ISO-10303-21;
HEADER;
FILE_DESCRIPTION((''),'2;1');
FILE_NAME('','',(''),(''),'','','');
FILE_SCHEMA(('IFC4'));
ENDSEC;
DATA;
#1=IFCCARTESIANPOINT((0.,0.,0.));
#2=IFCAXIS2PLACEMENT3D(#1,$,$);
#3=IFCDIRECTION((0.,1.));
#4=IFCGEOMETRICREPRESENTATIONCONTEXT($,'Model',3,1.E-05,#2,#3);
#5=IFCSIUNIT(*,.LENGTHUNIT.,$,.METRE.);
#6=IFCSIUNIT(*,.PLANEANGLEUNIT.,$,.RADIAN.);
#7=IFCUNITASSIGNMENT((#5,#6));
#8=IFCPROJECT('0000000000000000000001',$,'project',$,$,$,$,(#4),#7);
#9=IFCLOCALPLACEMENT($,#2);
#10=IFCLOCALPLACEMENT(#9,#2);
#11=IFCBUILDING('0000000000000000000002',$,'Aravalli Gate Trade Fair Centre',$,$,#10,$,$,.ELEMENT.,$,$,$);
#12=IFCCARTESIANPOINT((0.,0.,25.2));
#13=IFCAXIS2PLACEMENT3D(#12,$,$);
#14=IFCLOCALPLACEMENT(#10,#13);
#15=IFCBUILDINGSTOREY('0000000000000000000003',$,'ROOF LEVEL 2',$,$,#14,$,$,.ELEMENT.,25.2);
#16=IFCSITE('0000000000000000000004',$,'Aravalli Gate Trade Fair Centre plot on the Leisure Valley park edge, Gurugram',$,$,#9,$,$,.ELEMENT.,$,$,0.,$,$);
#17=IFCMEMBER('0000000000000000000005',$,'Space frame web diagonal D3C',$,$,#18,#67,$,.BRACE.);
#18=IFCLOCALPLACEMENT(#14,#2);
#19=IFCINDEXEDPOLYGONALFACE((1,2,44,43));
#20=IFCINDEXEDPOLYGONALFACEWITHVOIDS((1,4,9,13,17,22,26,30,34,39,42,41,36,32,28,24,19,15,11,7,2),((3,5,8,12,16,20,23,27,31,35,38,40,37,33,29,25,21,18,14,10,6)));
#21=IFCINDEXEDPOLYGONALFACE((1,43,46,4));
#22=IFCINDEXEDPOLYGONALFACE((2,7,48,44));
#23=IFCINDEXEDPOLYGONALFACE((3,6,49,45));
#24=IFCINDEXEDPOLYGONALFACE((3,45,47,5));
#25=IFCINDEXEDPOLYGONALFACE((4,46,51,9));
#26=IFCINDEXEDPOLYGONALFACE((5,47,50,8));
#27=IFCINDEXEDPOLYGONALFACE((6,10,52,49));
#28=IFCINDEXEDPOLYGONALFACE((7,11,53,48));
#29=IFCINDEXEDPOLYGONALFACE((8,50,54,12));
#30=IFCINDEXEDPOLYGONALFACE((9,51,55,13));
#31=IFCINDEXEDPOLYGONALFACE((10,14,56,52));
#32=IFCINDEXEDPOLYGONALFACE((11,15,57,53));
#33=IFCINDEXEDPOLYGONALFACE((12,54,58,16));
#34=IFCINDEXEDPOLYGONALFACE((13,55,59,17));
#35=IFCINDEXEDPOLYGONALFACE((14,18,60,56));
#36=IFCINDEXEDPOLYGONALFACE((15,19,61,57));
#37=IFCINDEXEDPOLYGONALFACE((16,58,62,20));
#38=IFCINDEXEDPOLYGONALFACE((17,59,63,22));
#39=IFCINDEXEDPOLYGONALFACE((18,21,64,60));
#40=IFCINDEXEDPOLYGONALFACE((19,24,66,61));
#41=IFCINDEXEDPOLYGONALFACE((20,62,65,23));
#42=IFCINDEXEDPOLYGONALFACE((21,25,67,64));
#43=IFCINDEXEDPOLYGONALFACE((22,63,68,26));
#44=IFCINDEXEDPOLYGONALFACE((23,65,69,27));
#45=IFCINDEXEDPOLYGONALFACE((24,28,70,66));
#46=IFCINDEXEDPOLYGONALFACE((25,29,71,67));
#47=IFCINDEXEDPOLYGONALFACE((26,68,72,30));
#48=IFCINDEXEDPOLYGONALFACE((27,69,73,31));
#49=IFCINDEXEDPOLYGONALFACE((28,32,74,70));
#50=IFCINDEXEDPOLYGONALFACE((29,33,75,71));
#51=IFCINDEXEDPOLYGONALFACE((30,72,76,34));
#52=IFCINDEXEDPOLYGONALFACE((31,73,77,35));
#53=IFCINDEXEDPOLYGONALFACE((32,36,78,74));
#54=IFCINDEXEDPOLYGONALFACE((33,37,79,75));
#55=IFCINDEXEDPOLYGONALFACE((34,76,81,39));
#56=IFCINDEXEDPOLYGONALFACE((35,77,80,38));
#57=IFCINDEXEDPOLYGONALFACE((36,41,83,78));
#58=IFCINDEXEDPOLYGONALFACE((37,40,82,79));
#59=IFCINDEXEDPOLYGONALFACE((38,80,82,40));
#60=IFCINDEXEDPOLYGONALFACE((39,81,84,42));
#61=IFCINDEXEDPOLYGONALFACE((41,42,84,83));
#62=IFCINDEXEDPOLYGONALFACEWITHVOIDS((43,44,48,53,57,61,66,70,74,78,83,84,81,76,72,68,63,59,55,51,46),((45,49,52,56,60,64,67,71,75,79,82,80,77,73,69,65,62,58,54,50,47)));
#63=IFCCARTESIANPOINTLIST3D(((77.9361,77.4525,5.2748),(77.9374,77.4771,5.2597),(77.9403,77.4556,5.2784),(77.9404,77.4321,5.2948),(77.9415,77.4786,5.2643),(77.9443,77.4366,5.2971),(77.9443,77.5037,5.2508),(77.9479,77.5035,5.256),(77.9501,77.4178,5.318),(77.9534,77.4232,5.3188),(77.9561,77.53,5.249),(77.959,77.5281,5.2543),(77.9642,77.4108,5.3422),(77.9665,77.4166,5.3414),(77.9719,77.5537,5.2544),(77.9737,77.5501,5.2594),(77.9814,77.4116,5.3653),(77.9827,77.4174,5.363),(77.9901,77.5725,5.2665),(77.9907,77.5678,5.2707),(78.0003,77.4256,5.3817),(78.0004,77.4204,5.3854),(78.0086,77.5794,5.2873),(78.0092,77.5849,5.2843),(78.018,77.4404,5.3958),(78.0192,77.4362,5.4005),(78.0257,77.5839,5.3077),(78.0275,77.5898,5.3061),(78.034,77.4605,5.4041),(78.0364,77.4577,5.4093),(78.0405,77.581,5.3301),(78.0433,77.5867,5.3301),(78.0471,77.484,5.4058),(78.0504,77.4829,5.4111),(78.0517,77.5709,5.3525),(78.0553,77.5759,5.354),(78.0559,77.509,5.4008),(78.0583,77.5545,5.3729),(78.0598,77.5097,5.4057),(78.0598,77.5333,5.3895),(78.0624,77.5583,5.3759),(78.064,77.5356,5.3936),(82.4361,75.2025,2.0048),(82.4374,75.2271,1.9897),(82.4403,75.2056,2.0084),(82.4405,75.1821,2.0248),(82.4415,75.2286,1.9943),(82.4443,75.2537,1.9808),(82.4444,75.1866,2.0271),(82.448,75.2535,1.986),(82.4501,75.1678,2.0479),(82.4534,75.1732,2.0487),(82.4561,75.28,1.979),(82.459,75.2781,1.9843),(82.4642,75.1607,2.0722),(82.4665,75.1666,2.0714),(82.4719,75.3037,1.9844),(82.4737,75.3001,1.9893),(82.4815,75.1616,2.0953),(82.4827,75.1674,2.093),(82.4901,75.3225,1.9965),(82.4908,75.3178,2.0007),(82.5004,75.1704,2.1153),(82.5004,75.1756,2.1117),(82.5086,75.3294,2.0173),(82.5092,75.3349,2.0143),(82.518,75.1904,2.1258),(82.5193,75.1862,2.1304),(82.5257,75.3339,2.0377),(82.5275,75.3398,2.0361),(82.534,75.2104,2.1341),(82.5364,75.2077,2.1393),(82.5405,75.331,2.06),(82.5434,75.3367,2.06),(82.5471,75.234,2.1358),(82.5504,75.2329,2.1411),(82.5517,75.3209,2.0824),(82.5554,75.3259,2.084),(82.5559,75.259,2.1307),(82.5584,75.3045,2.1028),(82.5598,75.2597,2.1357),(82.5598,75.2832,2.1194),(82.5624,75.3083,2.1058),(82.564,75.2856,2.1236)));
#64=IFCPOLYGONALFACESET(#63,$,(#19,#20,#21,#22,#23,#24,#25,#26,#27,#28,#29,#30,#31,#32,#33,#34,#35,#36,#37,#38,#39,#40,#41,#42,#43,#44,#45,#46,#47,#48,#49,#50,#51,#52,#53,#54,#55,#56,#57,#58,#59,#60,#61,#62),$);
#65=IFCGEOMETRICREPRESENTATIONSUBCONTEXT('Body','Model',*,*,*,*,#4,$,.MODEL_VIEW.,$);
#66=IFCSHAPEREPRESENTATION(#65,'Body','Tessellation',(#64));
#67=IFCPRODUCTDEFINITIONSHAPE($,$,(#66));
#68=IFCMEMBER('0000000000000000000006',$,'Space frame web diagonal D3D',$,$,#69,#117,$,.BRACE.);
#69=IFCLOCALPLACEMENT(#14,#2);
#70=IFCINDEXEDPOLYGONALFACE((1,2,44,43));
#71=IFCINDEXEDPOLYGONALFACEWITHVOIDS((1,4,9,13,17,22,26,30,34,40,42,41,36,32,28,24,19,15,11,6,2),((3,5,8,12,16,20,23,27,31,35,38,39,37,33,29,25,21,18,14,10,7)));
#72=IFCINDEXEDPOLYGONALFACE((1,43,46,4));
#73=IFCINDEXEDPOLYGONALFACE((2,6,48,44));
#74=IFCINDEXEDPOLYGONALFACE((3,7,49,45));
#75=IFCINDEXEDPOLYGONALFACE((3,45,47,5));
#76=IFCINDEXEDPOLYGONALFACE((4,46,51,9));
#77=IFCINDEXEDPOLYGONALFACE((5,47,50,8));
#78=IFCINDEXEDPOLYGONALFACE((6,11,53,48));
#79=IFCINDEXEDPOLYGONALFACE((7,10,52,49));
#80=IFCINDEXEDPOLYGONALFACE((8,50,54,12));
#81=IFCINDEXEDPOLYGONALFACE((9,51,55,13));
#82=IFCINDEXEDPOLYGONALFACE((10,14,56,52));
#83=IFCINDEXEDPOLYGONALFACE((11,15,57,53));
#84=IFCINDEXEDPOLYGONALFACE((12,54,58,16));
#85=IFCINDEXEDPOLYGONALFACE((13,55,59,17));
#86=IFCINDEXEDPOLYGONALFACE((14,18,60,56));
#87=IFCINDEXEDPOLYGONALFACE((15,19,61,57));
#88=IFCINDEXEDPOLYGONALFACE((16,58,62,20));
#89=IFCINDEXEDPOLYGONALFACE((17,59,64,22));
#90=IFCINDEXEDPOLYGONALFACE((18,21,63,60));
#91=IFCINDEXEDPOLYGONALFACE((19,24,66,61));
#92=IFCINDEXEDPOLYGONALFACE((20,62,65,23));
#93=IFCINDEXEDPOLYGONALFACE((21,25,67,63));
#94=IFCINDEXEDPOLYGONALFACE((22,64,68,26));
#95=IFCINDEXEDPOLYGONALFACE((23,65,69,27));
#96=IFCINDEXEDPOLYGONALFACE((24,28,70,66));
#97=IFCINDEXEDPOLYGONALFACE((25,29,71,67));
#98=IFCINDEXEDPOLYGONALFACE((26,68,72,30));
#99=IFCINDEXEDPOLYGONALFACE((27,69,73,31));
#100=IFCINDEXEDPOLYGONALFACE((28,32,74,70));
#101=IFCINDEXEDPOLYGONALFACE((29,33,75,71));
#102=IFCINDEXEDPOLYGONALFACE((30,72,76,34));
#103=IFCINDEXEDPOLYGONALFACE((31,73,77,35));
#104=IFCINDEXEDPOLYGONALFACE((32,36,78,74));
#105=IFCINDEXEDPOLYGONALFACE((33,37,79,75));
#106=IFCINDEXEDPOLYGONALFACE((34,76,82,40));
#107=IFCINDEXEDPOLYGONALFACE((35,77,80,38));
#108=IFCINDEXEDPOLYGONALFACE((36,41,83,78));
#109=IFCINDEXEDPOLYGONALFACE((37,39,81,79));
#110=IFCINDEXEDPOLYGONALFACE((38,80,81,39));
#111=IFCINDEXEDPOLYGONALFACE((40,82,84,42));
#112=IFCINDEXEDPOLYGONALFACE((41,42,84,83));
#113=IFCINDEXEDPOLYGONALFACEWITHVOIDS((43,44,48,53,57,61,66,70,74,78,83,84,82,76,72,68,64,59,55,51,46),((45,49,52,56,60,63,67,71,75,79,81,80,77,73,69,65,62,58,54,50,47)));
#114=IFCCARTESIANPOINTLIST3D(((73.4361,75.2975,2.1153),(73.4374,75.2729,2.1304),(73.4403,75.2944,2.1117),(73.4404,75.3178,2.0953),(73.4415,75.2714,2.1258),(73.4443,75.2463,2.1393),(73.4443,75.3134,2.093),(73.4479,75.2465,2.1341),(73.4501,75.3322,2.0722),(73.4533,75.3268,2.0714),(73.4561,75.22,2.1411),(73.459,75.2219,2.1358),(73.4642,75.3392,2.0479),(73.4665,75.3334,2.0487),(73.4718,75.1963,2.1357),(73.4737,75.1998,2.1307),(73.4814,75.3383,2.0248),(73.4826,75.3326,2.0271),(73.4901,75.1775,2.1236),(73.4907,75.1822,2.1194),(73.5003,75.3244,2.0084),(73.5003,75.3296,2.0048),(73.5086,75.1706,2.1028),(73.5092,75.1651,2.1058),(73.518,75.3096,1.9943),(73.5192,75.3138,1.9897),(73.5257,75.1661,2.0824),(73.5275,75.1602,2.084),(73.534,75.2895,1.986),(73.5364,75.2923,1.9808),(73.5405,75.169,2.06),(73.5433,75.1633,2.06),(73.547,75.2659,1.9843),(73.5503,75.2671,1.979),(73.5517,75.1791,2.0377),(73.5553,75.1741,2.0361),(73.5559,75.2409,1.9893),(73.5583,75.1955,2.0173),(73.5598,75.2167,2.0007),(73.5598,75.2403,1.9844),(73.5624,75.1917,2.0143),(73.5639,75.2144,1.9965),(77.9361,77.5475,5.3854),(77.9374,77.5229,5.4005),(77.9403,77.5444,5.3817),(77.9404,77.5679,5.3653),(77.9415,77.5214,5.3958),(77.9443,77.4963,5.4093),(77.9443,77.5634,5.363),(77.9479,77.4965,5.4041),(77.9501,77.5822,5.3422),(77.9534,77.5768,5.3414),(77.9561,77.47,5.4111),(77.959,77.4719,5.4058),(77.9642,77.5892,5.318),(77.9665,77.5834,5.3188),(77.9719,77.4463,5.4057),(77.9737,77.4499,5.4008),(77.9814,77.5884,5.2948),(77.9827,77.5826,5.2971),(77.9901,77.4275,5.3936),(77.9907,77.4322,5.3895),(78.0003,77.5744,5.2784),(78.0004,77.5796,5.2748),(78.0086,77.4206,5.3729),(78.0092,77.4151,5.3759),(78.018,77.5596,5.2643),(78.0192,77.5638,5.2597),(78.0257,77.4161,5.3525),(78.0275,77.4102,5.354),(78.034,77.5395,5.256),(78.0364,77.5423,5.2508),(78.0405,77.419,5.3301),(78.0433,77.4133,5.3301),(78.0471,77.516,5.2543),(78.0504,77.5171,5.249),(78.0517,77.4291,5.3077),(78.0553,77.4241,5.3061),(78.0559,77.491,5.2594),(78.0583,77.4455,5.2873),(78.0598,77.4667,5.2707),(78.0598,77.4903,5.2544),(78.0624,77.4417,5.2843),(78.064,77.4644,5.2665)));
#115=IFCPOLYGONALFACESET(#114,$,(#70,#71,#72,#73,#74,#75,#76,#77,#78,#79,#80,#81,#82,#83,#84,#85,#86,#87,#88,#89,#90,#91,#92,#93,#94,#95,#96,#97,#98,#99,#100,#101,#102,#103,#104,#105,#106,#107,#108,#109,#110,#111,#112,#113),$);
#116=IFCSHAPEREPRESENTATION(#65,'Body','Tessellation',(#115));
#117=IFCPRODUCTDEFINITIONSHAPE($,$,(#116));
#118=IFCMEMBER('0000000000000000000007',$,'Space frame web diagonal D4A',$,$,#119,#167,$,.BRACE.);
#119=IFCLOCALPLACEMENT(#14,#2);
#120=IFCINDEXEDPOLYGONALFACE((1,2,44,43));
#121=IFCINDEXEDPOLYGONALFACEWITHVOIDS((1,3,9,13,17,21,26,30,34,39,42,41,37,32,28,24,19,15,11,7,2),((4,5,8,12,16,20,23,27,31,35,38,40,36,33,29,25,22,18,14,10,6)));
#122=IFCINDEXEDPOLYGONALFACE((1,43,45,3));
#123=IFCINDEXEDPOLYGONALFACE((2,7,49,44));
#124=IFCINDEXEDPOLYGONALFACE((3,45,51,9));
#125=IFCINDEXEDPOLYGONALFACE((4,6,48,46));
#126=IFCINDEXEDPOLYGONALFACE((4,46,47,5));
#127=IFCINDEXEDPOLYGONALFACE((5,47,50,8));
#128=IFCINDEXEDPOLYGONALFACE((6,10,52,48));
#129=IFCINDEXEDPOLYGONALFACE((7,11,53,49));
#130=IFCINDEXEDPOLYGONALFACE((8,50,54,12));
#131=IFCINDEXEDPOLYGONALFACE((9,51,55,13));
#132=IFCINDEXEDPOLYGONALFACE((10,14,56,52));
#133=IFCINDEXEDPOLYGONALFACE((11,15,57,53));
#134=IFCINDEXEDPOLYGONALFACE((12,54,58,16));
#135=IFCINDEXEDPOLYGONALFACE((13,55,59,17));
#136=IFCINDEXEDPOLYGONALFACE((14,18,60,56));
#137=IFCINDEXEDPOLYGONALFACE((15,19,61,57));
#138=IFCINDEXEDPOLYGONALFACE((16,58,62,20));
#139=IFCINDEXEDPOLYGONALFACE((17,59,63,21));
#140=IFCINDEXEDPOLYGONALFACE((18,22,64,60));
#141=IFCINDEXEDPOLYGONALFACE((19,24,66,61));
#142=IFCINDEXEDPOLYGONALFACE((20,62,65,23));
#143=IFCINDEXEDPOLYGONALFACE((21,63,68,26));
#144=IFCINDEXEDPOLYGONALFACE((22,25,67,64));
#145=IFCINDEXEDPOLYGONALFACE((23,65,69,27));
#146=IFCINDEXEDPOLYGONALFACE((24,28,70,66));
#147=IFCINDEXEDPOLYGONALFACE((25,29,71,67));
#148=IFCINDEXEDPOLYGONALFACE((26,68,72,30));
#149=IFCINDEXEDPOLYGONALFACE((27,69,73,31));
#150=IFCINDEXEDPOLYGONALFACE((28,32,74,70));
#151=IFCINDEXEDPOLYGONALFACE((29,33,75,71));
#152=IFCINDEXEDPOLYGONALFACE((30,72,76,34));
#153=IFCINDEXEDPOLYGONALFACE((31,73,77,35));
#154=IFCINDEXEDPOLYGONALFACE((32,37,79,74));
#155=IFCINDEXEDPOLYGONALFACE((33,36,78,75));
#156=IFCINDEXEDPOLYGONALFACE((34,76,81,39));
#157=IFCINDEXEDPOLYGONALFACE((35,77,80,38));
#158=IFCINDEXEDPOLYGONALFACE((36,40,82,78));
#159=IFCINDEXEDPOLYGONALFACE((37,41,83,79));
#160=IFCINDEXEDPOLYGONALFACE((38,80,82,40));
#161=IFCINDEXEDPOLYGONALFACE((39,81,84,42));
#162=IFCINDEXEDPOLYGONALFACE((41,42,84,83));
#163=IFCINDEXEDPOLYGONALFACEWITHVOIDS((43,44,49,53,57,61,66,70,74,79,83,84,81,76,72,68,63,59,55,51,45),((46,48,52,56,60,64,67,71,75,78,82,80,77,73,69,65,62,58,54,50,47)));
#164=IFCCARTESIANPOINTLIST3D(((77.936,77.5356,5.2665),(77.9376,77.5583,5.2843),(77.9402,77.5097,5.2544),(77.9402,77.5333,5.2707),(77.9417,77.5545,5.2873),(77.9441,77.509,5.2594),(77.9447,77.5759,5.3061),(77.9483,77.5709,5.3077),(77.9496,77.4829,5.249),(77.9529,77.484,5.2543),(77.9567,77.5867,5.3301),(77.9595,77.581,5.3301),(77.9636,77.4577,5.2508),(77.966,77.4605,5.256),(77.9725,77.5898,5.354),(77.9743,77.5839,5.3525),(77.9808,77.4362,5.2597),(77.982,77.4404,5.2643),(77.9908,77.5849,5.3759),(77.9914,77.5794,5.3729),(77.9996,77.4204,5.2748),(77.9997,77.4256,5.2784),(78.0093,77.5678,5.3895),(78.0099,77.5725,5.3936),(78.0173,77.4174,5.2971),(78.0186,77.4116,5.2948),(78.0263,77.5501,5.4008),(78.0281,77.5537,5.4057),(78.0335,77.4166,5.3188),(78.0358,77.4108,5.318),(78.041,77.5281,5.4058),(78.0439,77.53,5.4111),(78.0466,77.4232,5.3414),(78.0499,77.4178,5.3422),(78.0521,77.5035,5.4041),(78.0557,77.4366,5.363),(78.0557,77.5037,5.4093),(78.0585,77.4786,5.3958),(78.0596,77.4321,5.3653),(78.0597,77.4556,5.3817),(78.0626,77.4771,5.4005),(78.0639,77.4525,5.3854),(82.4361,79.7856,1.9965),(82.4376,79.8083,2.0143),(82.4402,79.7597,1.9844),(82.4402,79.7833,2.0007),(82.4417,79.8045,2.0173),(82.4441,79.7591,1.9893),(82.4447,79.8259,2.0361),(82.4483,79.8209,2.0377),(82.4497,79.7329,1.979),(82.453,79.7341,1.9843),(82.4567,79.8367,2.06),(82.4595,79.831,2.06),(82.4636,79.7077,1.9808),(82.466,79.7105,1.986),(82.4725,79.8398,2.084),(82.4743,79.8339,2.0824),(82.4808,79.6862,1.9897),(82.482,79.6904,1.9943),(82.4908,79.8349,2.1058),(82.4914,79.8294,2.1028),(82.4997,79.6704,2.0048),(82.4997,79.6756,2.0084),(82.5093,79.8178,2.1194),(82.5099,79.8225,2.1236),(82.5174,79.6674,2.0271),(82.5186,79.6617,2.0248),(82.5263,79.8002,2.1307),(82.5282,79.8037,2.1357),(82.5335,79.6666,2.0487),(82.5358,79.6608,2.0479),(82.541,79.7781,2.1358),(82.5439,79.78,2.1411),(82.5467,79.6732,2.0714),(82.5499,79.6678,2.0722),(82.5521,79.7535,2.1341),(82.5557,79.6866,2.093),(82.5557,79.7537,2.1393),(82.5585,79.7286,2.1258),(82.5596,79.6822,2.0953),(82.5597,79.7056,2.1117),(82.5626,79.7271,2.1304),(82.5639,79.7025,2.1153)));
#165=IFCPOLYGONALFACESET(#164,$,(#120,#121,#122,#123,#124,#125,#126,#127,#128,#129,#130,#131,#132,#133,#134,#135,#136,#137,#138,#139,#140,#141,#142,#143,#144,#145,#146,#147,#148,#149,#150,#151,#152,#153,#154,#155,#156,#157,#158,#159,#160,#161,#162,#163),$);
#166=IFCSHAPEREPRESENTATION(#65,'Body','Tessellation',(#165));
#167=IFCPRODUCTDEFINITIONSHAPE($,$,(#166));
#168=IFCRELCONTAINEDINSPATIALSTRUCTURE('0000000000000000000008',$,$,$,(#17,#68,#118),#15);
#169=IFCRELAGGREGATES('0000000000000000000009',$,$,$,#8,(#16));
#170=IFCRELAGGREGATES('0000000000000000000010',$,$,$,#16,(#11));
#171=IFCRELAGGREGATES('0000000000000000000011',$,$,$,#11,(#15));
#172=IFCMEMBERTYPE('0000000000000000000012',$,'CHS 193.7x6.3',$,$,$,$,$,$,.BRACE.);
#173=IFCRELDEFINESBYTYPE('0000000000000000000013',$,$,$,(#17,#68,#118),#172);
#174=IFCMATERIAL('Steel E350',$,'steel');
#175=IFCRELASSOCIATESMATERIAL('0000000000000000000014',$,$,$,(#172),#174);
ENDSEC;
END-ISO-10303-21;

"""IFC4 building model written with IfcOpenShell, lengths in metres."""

from ifc_helpers import new_model, si_unit, direction, frame, origin, origin_2d, place, context, subcontext, project, spatial, hollow_circle, extrude, material, material_profile, profile_set, type_object, element, save


model = new_model("IFC4")

# Units and contexts
model_context = context("Model", 3, precision=1e-05, world=origin(), true_north=direction((0.0, 1.0)))
body_context = subcontext(model_context, "Body", "Model", "MODEL_VIEW")
ifc_project = project(units=[si_unit("LENGTHUNIT", "METRE"), si_unit("PLANEANGLEUNIT", "RADIAN")], contexts=[model_context])

# Site, building, storey
site_placement = place(None, origin())
site = spatial("IfcSite", under=ifc_project, at=site_placement, Name="Aravalli Gate Trade Fair Centre plot on the Leisure Valley park edge, Gurugram", CompositionType="ELEMENT", RefElevation=0.0)
building_placement = place(site_placement, origin())
building = spatial("IfcBuilding", under=site, at=building_placement, Name="Aravalli Gate Trade Fair Centre", CompositionType="ELEMENT")
storey_placement = place(building_placement, frame((0.0, 0.0, 25.2)))
storey = spatial("IfcBuildingStorey", under=building, at=storey_placement, Name="ROOF LEVEL 2", CompositionType="ELEMENT", Elevation=25.2)

# Members
ifc_material_1 = material(Name="Steel E350", Category="steel")
ifc_material_profile_1 = material_profile(ifc_material_1, hollow_circle(Radius=0.0969, WallThickness=0.0063, at=origin_2d()), Name="CHS 193.7x6.3")
ifc_profile_set_1 = profile_set([ifc_material_profile_1], Name="Steel E350")
member_type_1 = type_object("IfcMemberType", Name="CHS 193.7x6.3", PredefinedType="BRACE", material=ifc_profile_set_1)
for number, where, z_axis, x_axis, name in (
    (1, (78.0, 77.5, 5.3301), (0.749942, -0.374971, -0.544961), (0.447214, 0.894427, 0.0), "Space frame web diagonal D3C"),
    (2, (78.0, 77.5, 5.3301), (-0.749942, -0.374971, -0.544961), (0.447214, -0.894427, 0.0), "Space frame web diagonal D3D"),
    (3, (78.0, 77.5, 5.3301), (0.749942, 0.374971, -0.544961), (-0.447214, 0.894427, 0.0), "Space frame web diagonal D4A"),
):
    element("IfcMember", number, at=place(storey_placement, frame(where, z_axis=z_axis, x_axis=x_axis)), inside=storey, type_object=member_type_1, Name=name, PredefinedType="BRACE", context=body_context, shape_type="SweptSolid", body=[
        extrude(hollow_circle(Radius=0.0969, WallThickness=0.0063, at=origin_2d()), origin(), (0.0, 0.0, 1.0), 6.0005),
    ])

save(model, "model.ifc")
